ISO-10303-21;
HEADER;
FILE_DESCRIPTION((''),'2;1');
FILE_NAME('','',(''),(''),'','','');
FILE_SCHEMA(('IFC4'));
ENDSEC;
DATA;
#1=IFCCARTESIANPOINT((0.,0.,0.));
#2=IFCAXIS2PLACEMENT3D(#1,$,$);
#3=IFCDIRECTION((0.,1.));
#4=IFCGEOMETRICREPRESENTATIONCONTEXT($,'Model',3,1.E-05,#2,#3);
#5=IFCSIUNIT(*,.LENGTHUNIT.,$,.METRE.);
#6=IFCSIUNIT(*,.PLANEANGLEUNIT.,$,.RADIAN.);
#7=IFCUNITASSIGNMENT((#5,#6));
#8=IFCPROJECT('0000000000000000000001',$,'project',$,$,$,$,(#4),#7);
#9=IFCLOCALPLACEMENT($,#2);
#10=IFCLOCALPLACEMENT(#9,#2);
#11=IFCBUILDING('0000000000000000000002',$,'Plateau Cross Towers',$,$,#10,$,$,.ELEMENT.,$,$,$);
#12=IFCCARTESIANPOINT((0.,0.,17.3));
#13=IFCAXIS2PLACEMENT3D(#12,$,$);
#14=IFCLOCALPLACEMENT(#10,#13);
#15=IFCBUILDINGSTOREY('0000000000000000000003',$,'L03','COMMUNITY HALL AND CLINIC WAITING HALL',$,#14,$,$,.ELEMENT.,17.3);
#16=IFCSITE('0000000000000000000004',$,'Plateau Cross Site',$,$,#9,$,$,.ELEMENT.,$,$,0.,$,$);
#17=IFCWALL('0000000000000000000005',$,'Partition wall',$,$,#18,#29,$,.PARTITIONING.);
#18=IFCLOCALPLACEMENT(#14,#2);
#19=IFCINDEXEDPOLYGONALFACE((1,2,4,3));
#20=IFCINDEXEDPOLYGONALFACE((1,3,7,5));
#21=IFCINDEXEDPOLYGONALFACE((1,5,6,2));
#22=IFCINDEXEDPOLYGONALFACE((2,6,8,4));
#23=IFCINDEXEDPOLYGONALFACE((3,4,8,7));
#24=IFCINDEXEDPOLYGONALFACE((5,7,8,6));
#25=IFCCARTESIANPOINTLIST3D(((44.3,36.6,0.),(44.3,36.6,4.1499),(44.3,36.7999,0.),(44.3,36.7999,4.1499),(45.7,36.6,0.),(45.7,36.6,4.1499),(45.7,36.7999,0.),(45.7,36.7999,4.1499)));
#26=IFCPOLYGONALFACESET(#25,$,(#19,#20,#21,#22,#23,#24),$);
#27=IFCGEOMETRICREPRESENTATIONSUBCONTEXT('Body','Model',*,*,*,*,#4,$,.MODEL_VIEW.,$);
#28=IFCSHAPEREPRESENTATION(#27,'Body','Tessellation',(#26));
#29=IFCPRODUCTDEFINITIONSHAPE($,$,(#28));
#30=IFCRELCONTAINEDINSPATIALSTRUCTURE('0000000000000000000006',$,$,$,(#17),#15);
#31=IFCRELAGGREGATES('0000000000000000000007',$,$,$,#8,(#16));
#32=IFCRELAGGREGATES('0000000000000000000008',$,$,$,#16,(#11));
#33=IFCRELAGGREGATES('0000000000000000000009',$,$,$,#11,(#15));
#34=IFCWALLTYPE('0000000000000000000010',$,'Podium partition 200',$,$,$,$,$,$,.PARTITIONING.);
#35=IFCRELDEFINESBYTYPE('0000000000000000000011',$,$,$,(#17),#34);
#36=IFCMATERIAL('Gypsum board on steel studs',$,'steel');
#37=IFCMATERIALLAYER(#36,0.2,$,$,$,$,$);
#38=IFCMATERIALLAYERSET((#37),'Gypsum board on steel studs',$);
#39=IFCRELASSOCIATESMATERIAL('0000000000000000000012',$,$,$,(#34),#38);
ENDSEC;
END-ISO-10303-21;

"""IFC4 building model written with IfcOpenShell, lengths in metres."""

from ifc_helpers import new_model, si_unit, direction, frame, frame_2d, origin, place, context, subcontext, project, spatial, rectangle, extrude, material, layer, layer_set, type_object, element, save


model = new_model("IFC4")

# Units and contexts
model_context = context("Model", 3, precision=1e-05, world=origin(), true_north=direction((0.0, 1.0)))
body_context = subcontext(model_context, "Body", "Model", "MODEL_VIEW")
ifc_project = project(units=[si_unit("LENGTHUNIT", "METRE"), si_unit("PLANEANGLEUNIT", "RADIAN")], contexts=[model_context])

# Site, building, storey
site_placement = place(None, origin())
site = spatial("IfcSite", under=ifc_project, at=site_placement, Name="Plateau Cross Site", CompositionType="ELEMENT", RefElevation=0.0)
building_placement = place(site_placement, origin())
building = spatial("IfcBuilding", under=site, at=building_placement, Name="Plateau Cross Towers", CompositionType="ELEMENT")
storey_placement = place(building_placement, frame((0.0, 0.0, 17.3)))
storey = spatial("IfcBuildingStorey", under=building, at=storey_placement, Name="L03", Description="COMMUNITY HALL AND CLINIC WAITING HALL", CompositionType="ELEMENT", Elevation=17.3)

# Wall
ifc_material_1 = material(Name="Gypsum board on steel studs", Category="steel")
ifc_layer_1 = layer(ifc_material_1, 0.2)
ifc_layer_set_1 = layer_set([ifc_layer_1], Name="Gypsum board on steel studs")
wall_type = type_object("IfcWallType", Name="Podium partition 200", PredefinedType="PARTITIONING", material=ifc_layer_set_1)
wall_1_placement = place(storey_placement, frame((45.7, 36.7, 0.0), z_axis=(0.0, 0.0, 1.0), x_axis=(-1.0, 0.0, 0.0)))
element("IfcWall", 1, at=wall_1_placement, inside=storey, type_object=wall_type, Name="Partition wall", PredefinedType="PARTITIONING", context=body_context, shape_type="SweptSolid", body=[
    extrude(rectangle(XDim=1.3999, YDim=0.2, at=frame_2d((0.7, 0.0))), origin(), (0.0, 0.0, 1.0), 4.1499),
])

save(model, "model.ifc")
